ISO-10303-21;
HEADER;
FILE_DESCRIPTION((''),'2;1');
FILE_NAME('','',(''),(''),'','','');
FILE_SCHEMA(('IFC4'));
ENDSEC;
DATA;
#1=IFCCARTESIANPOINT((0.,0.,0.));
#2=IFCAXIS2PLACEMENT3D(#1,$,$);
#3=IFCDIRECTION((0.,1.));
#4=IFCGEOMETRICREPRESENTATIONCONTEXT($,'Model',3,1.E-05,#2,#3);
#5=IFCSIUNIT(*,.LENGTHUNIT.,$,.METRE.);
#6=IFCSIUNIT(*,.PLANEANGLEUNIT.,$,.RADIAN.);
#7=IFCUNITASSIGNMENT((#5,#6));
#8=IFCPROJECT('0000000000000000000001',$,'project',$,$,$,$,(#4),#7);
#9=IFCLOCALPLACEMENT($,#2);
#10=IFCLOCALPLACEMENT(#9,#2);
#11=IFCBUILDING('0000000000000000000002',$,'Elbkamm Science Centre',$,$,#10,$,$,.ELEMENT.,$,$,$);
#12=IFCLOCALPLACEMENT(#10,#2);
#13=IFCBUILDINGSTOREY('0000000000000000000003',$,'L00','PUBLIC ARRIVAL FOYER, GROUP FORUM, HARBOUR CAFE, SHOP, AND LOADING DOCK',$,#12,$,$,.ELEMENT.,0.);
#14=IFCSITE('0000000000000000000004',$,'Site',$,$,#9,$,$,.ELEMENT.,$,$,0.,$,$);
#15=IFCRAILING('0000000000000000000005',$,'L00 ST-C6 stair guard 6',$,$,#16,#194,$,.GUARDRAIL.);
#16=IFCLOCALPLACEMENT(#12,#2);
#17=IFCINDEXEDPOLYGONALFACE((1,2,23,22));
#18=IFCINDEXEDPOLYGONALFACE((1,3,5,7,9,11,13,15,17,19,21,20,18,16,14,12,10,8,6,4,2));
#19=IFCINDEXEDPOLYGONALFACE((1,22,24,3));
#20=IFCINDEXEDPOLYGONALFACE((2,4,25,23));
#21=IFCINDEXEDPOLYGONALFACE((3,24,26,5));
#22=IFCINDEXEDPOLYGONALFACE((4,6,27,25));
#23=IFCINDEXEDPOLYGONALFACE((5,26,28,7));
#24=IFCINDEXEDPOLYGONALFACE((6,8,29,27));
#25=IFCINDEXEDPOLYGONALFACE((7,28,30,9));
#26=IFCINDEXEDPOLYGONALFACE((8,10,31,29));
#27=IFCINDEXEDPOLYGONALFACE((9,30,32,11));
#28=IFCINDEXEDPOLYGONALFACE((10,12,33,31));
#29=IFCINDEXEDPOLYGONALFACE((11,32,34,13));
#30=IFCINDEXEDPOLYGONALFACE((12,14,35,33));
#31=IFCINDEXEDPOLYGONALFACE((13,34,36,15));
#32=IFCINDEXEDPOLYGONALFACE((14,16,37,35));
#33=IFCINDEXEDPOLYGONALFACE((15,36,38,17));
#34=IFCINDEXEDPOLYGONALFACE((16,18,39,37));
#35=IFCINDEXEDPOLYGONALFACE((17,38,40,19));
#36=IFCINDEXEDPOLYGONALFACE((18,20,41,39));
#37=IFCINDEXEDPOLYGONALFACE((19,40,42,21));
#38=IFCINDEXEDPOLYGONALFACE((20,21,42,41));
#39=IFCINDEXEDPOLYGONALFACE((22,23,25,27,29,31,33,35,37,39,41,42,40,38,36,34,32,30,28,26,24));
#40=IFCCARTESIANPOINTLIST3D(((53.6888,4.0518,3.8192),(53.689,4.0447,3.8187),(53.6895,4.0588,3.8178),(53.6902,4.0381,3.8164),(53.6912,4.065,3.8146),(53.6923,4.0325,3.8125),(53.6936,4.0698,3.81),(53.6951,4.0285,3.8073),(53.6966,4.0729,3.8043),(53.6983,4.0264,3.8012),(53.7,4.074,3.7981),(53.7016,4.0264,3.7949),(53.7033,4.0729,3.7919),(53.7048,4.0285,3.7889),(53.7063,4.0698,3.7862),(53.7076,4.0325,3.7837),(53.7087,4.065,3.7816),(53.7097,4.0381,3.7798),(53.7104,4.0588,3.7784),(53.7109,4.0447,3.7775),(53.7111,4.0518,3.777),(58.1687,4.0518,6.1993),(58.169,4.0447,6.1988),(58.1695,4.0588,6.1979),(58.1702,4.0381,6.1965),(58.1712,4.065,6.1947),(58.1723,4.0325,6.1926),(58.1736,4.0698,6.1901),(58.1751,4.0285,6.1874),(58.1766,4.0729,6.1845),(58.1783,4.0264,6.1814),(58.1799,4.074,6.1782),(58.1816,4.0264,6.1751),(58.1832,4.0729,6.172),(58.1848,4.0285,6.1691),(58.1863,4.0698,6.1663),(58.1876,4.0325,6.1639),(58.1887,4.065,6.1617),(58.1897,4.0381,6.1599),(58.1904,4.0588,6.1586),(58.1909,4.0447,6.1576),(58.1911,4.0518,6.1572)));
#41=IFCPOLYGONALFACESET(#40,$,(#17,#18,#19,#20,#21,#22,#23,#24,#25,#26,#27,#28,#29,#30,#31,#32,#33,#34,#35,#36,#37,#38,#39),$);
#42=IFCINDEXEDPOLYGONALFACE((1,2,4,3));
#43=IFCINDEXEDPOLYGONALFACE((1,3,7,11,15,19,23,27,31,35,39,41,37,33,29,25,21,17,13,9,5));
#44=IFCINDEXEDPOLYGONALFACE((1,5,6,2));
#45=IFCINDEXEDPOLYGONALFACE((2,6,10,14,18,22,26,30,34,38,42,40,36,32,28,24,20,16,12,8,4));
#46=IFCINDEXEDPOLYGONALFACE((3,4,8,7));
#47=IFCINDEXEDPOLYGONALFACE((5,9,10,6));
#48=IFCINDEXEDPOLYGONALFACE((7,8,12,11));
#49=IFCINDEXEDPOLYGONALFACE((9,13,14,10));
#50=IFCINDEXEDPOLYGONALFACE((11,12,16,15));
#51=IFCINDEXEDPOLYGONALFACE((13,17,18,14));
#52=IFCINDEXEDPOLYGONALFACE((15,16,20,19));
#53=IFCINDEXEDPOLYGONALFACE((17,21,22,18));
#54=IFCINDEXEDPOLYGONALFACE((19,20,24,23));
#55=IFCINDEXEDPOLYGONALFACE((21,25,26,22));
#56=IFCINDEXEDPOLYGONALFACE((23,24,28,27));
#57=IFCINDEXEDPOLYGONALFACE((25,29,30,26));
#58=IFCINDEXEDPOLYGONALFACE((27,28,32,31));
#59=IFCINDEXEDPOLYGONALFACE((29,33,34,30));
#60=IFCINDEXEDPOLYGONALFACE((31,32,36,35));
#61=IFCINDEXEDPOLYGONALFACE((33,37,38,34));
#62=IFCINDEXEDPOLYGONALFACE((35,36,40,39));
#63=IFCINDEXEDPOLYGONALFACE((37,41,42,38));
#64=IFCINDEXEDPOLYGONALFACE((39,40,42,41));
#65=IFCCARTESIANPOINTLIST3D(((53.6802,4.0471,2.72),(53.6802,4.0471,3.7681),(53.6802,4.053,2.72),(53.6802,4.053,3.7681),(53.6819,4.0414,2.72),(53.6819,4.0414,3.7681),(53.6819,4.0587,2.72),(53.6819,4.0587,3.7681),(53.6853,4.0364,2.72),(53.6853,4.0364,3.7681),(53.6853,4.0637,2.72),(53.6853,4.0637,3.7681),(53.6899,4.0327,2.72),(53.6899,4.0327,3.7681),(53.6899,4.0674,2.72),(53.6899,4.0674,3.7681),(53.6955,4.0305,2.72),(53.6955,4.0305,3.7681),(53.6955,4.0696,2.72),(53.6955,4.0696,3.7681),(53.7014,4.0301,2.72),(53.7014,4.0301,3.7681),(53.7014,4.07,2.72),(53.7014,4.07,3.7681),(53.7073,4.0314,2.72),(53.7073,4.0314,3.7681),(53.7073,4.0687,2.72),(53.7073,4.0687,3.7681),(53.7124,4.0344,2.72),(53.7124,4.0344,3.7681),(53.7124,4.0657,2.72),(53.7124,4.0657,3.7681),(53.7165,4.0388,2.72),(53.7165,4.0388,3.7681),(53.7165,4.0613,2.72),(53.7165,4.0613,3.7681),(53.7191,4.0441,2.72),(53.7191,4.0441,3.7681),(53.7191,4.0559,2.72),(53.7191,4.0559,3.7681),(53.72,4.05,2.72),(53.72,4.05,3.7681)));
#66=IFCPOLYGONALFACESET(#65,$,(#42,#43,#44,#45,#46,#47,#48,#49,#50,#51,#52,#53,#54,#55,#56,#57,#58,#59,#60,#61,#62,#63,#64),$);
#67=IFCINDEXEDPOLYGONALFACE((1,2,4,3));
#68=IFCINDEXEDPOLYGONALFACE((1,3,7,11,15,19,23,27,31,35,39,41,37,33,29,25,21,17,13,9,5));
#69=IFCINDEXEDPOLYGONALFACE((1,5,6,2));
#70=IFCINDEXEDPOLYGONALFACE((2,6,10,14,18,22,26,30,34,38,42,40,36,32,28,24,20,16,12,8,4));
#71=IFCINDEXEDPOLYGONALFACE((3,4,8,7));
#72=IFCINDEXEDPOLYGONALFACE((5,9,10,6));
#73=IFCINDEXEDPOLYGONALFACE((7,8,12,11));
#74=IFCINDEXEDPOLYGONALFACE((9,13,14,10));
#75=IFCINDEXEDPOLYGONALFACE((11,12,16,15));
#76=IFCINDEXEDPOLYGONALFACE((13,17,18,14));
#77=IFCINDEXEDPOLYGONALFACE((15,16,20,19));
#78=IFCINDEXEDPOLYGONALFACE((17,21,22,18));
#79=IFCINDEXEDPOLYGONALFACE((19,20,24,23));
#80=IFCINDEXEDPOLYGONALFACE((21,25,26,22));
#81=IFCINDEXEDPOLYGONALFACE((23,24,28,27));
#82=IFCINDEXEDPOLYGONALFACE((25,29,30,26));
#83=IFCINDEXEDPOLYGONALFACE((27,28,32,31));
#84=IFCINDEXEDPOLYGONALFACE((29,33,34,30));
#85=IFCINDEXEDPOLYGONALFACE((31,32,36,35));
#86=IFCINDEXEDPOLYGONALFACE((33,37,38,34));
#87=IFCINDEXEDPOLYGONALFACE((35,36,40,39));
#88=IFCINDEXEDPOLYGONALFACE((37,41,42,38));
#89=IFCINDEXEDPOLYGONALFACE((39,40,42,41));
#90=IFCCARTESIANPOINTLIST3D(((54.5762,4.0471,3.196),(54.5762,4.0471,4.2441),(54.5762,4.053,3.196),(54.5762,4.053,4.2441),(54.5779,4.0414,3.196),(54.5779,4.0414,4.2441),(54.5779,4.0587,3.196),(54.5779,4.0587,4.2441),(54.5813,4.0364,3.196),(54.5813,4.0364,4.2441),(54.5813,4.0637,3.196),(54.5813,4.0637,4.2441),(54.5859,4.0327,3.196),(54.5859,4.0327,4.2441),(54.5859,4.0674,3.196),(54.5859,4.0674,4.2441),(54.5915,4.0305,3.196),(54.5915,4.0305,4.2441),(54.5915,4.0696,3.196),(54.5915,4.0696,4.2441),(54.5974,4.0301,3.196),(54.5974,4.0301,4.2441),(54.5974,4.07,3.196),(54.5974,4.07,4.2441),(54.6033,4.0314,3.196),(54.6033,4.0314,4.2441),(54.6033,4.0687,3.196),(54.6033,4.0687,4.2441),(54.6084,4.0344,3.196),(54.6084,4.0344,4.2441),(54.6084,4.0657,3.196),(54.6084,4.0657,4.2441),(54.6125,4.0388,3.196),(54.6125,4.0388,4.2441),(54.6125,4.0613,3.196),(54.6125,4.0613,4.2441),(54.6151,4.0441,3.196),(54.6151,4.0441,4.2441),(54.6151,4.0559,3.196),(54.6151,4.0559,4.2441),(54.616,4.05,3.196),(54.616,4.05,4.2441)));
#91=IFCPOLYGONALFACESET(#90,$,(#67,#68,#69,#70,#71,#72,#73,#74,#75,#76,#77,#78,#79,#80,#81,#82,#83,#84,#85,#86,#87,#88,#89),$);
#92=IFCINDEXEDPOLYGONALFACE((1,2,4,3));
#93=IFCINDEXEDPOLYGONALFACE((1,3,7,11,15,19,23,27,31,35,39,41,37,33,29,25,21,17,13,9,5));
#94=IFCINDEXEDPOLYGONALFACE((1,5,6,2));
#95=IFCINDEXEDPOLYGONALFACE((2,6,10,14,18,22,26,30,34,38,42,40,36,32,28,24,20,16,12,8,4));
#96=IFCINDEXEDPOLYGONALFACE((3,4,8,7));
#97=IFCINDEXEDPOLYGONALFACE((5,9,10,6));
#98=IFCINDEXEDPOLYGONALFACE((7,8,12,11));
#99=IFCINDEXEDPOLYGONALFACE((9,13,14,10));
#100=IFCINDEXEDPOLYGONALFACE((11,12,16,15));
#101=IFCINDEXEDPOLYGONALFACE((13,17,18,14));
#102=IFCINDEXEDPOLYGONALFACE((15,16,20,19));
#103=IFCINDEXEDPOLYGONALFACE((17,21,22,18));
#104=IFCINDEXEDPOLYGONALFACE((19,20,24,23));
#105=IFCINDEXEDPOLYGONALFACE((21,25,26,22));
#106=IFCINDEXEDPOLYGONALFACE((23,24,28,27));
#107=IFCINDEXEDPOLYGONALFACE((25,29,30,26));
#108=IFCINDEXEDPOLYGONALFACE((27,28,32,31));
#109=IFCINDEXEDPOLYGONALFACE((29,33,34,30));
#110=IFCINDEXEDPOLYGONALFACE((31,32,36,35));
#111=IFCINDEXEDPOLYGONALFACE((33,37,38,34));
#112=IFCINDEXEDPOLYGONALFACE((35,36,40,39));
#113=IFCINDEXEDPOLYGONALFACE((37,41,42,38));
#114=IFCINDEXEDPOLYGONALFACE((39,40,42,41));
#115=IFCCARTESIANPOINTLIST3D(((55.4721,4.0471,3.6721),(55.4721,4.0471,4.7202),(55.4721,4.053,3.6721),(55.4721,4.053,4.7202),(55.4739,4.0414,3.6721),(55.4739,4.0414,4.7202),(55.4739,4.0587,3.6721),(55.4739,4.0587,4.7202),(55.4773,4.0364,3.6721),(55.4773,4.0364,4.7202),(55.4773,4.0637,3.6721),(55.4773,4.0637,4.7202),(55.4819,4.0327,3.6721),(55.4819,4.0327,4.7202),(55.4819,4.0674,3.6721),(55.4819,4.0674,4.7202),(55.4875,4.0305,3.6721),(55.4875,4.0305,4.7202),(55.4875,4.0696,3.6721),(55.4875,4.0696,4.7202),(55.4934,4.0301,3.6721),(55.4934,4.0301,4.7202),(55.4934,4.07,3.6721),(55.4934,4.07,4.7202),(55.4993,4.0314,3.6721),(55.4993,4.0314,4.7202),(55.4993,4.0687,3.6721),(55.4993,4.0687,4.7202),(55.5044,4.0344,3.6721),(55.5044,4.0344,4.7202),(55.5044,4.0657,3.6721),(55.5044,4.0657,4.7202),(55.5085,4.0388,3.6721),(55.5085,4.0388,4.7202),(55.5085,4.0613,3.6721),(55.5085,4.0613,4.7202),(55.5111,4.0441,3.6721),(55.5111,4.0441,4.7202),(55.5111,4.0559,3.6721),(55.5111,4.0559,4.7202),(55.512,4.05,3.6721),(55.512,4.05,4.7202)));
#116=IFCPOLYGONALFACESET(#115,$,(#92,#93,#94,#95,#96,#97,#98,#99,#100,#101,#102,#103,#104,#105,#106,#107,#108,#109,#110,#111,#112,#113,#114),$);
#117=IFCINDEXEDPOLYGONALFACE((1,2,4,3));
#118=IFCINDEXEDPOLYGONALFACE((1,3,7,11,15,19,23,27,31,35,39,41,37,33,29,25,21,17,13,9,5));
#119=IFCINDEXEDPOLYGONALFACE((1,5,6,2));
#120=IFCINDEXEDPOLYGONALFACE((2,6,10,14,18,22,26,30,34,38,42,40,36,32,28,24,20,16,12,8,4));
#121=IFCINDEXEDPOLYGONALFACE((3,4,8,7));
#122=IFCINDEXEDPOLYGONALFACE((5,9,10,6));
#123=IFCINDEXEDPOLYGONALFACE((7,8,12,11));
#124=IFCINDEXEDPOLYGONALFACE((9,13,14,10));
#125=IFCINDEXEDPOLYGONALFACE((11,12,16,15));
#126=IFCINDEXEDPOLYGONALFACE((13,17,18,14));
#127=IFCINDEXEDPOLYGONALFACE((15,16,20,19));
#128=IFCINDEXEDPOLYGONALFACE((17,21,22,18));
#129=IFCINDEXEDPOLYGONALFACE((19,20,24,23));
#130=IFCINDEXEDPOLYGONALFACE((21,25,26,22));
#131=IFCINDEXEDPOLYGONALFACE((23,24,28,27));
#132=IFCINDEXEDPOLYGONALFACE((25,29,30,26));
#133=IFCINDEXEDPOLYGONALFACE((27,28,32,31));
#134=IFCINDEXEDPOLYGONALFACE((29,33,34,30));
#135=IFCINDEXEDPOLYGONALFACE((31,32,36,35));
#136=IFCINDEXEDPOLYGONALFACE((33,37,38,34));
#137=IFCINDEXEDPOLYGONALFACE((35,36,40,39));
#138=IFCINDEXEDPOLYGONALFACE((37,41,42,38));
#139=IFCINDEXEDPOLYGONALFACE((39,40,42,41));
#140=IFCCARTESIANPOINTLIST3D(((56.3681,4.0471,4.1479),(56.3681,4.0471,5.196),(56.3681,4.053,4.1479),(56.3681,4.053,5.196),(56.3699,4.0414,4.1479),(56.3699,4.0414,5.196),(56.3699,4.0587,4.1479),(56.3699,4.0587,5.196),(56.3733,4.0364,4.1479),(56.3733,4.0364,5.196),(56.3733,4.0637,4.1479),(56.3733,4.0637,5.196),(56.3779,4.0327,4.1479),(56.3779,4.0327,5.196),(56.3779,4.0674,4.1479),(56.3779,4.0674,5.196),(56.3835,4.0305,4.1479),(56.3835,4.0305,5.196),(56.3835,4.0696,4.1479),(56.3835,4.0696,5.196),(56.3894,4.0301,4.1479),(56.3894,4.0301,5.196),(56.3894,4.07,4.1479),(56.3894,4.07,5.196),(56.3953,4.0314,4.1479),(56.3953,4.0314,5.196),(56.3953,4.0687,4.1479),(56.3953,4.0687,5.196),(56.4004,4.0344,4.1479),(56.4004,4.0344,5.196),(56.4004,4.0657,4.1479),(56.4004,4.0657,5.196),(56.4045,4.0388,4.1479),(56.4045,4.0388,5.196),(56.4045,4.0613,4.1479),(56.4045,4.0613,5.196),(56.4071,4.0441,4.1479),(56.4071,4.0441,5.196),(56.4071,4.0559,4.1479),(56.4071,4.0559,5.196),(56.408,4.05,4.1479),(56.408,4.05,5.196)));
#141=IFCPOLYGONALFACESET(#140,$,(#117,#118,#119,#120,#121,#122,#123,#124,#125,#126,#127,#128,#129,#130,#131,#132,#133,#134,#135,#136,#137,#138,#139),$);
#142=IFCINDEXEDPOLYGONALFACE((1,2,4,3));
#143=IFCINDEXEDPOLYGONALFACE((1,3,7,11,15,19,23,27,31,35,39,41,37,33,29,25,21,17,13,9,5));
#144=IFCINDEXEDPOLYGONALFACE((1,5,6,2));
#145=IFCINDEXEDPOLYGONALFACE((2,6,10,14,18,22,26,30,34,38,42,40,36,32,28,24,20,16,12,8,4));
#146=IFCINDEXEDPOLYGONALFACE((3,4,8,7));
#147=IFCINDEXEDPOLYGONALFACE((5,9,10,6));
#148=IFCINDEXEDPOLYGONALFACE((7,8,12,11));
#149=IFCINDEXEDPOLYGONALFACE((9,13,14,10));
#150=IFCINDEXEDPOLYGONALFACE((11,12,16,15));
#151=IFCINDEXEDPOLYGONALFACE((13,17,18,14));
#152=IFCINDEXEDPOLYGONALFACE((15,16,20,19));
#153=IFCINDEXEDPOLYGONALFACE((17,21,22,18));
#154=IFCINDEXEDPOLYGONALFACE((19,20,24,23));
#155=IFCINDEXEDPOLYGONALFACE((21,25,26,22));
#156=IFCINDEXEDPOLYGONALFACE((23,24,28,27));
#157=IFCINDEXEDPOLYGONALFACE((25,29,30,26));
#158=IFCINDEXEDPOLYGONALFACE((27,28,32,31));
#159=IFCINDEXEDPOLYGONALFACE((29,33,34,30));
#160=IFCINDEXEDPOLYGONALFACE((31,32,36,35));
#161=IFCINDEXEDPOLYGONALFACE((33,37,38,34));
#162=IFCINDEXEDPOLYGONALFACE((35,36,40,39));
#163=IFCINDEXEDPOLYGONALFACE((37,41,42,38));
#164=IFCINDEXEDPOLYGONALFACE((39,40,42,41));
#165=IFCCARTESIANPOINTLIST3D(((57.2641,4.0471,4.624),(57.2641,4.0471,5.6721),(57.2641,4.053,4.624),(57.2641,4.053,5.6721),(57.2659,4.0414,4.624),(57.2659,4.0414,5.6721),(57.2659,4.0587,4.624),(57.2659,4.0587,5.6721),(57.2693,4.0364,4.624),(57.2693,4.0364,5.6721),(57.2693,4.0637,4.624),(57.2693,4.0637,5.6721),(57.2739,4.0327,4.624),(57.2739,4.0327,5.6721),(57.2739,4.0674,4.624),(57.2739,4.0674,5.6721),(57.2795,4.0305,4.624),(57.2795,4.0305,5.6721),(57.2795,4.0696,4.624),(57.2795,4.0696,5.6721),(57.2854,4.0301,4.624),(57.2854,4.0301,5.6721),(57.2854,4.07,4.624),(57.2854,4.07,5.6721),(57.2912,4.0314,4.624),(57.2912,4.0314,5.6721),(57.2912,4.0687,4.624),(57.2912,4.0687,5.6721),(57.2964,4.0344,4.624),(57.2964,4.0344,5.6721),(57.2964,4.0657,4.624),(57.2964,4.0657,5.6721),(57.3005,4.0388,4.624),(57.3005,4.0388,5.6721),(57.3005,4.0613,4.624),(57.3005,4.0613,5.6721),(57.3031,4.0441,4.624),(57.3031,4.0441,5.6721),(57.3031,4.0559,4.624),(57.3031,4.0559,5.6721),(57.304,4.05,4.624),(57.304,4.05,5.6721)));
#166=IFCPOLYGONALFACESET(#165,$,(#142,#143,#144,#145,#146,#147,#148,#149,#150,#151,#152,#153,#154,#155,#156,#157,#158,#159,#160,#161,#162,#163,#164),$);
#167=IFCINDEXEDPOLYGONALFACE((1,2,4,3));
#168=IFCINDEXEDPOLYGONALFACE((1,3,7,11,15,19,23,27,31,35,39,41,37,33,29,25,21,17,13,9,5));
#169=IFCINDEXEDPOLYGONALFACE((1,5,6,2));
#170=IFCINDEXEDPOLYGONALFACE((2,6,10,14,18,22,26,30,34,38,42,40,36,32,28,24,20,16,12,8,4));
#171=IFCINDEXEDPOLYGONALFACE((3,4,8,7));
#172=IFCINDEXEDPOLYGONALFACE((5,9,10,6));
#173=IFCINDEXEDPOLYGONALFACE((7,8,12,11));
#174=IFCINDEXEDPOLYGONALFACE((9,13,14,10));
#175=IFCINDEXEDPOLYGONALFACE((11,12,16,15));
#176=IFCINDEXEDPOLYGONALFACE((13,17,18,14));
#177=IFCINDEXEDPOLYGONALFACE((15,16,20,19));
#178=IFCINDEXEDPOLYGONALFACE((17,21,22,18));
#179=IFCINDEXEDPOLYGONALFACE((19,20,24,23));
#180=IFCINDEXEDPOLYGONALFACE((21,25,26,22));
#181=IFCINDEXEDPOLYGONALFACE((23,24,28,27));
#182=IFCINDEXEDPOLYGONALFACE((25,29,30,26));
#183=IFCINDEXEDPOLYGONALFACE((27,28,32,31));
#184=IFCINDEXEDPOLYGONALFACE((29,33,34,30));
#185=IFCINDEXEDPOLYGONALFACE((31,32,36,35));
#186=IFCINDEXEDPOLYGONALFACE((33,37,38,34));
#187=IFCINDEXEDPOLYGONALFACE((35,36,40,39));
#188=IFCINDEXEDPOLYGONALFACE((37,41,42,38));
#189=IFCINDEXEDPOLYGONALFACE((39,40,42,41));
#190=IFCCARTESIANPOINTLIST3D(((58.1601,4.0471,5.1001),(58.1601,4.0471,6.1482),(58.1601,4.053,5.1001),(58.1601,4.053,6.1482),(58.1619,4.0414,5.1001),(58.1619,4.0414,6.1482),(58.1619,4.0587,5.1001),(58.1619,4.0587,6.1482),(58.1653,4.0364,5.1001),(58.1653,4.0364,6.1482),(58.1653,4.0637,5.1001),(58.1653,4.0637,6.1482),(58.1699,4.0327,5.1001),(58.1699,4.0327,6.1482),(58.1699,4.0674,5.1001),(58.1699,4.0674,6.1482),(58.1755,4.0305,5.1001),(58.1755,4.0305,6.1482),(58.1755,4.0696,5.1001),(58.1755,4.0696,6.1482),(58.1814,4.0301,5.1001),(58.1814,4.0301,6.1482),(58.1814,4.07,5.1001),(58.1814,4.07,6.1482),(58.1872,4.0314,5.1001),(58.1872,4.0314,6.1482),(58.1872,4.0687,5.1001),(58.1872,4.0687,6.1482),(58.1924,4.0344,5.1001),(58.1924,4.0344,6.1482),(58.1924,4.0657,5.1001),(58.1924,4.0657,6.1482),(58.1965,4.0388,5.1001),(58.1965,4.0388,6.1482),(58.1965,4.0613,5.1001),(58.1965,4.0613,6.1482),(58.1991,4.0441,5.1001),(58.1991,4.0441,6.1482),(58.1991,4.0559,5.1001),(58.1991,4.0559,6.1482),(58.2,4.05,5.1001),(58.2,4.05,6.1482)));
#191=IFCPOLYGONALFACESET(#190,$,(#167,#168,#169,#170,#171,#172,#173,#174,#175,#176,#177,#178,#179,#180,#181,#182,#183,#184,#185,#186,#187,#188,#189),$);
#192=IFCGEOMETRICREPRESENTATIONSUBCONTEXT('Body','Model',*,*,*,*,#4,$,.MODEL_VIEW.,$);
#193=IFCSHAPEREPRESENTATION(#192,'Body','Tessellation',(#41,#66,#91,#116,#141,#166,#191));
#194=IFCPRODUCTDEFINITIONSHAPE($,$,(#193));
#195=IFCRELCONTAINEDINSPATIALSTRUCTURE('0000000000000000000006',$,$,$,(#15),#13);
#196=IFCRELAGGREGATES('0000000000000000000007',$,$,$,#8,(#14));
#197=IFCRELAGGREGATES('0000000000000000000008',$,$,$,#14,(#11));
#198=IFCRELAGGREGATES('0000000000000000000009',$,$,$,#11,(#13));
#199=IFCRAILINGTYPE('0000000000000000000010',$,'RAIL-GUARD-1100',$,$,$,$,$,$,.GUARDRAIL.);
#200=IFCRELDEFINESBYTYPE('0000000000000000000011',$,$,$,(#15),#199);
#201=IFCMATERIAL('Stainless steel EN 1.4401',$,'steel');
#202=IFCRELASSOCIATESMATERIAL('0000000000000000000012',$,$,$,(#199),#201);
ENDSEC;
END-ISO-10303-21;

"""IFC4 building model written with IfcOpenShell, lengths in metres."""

from ifc_helpers import new_model, si_unit, direction, frame, origin, origin_2d, place, context, subcontext, project, spatial, circle, extrude, material, type_object, element, save


model = new_model("IFC4")

# Units and contexts
model_context = context("Model", 3, precision=1e-05, world=origin(), true_north=direction((0.0, 1.0)))
body_context = subcontext(model_context, "Body", "Model", "MODEL_VIEW")
ifc_project = project(units=[si_unit("LENGTHUNIT", "METRE"), si_unit("PLANEANGLEUNIT", "RADIAN")], contexts=[model_context])

# Site, building, storey
site_placement = place(None, origin())
site = spatial("IfcSite", under=ifc_project, at=site_placement, Name="Site", CompositionType="ELEMENT", RefElevation=0.0)
building_placement = place(site_placement, origin())
building = spatial("IfcBuilding", under=site, at=building_placement, Name="Elbkamm Science Centre", CompositionType="ELEMENT")
storey_placement = place(building_placement, origin())
storey = spatial("IfcBuildingStorey", under=building, at=storey_placement, Name="L00", Description="PUBLIC ARRIVAL FOYER, GROUP FORUM, HARBOUR CAFE, SHOP, AND LOADING DOCK", CompositionType="ELEMENT", Elevation=0.0)

# Railing
ifc_material_1 = material(Name="Stainless steel EN 1.4401", Category="steel")
railing_type_1 = type_object("IfcRailingType", Name="RAIL-GUARD-1100", PredefinedType="GUARDRAIL", material=ifc_material_1)
railing_1_placement = place(storey_placement, frame((53.7, 4.05, 2.72)))
element("IfcRailing", 1, at=railing_1_placement, inside=storey, type_object=railing_type_1, Name="L00 ST-C6 stair guard 6", PredefinedType="GUARDRAIL", context=body_context, shape_type="SweptSolid", body=[
    extrude(circle(Radius=0.0239, at=origin_2d()), frame((0.0, 0.0, 1.0781), z_axis=(0.883105, 0.0, 0.469176), x_axis=(0.0, 1.0, 0.0)), (0.0, 0.0, 1.0), 5.073),
    extrude(circle(Radius=0.02, at=origin_2d()), origin(), (0.0, 0.0, 1.0), 1.0481),
    extrude(circle(Radius=0.02, at=origin_2d()), frame((0.896, 0.0, 0.4761)), (0.0, 0.0, 1.0), 1.0481),
    extrude(circle(Radius=0.02, at=origin_2d()), frame((1.792, 0.0, 0.9521)), (0.0, 0.0, 1.0), 1.0481),
    extrude(circle(Radius=0.02, at=origin_2d()), frame((2.688, 0.0, 1.428)), (0.0, 0.0, 1.0), 1.0481),
    extrude(circle(Radius=0.02, at=origin_2d()), frame((3.584, 0.0, 1.9041)), (0.0, 0.0, 1.0), 1.0481),
    extrude(circle(Radius=0.02, at=origin_2d()), frame((4.48, 0.0, 2.3801)), (0.0, 0.0, 1.0), 1.0481),
])

save(model, "model.ifc")
